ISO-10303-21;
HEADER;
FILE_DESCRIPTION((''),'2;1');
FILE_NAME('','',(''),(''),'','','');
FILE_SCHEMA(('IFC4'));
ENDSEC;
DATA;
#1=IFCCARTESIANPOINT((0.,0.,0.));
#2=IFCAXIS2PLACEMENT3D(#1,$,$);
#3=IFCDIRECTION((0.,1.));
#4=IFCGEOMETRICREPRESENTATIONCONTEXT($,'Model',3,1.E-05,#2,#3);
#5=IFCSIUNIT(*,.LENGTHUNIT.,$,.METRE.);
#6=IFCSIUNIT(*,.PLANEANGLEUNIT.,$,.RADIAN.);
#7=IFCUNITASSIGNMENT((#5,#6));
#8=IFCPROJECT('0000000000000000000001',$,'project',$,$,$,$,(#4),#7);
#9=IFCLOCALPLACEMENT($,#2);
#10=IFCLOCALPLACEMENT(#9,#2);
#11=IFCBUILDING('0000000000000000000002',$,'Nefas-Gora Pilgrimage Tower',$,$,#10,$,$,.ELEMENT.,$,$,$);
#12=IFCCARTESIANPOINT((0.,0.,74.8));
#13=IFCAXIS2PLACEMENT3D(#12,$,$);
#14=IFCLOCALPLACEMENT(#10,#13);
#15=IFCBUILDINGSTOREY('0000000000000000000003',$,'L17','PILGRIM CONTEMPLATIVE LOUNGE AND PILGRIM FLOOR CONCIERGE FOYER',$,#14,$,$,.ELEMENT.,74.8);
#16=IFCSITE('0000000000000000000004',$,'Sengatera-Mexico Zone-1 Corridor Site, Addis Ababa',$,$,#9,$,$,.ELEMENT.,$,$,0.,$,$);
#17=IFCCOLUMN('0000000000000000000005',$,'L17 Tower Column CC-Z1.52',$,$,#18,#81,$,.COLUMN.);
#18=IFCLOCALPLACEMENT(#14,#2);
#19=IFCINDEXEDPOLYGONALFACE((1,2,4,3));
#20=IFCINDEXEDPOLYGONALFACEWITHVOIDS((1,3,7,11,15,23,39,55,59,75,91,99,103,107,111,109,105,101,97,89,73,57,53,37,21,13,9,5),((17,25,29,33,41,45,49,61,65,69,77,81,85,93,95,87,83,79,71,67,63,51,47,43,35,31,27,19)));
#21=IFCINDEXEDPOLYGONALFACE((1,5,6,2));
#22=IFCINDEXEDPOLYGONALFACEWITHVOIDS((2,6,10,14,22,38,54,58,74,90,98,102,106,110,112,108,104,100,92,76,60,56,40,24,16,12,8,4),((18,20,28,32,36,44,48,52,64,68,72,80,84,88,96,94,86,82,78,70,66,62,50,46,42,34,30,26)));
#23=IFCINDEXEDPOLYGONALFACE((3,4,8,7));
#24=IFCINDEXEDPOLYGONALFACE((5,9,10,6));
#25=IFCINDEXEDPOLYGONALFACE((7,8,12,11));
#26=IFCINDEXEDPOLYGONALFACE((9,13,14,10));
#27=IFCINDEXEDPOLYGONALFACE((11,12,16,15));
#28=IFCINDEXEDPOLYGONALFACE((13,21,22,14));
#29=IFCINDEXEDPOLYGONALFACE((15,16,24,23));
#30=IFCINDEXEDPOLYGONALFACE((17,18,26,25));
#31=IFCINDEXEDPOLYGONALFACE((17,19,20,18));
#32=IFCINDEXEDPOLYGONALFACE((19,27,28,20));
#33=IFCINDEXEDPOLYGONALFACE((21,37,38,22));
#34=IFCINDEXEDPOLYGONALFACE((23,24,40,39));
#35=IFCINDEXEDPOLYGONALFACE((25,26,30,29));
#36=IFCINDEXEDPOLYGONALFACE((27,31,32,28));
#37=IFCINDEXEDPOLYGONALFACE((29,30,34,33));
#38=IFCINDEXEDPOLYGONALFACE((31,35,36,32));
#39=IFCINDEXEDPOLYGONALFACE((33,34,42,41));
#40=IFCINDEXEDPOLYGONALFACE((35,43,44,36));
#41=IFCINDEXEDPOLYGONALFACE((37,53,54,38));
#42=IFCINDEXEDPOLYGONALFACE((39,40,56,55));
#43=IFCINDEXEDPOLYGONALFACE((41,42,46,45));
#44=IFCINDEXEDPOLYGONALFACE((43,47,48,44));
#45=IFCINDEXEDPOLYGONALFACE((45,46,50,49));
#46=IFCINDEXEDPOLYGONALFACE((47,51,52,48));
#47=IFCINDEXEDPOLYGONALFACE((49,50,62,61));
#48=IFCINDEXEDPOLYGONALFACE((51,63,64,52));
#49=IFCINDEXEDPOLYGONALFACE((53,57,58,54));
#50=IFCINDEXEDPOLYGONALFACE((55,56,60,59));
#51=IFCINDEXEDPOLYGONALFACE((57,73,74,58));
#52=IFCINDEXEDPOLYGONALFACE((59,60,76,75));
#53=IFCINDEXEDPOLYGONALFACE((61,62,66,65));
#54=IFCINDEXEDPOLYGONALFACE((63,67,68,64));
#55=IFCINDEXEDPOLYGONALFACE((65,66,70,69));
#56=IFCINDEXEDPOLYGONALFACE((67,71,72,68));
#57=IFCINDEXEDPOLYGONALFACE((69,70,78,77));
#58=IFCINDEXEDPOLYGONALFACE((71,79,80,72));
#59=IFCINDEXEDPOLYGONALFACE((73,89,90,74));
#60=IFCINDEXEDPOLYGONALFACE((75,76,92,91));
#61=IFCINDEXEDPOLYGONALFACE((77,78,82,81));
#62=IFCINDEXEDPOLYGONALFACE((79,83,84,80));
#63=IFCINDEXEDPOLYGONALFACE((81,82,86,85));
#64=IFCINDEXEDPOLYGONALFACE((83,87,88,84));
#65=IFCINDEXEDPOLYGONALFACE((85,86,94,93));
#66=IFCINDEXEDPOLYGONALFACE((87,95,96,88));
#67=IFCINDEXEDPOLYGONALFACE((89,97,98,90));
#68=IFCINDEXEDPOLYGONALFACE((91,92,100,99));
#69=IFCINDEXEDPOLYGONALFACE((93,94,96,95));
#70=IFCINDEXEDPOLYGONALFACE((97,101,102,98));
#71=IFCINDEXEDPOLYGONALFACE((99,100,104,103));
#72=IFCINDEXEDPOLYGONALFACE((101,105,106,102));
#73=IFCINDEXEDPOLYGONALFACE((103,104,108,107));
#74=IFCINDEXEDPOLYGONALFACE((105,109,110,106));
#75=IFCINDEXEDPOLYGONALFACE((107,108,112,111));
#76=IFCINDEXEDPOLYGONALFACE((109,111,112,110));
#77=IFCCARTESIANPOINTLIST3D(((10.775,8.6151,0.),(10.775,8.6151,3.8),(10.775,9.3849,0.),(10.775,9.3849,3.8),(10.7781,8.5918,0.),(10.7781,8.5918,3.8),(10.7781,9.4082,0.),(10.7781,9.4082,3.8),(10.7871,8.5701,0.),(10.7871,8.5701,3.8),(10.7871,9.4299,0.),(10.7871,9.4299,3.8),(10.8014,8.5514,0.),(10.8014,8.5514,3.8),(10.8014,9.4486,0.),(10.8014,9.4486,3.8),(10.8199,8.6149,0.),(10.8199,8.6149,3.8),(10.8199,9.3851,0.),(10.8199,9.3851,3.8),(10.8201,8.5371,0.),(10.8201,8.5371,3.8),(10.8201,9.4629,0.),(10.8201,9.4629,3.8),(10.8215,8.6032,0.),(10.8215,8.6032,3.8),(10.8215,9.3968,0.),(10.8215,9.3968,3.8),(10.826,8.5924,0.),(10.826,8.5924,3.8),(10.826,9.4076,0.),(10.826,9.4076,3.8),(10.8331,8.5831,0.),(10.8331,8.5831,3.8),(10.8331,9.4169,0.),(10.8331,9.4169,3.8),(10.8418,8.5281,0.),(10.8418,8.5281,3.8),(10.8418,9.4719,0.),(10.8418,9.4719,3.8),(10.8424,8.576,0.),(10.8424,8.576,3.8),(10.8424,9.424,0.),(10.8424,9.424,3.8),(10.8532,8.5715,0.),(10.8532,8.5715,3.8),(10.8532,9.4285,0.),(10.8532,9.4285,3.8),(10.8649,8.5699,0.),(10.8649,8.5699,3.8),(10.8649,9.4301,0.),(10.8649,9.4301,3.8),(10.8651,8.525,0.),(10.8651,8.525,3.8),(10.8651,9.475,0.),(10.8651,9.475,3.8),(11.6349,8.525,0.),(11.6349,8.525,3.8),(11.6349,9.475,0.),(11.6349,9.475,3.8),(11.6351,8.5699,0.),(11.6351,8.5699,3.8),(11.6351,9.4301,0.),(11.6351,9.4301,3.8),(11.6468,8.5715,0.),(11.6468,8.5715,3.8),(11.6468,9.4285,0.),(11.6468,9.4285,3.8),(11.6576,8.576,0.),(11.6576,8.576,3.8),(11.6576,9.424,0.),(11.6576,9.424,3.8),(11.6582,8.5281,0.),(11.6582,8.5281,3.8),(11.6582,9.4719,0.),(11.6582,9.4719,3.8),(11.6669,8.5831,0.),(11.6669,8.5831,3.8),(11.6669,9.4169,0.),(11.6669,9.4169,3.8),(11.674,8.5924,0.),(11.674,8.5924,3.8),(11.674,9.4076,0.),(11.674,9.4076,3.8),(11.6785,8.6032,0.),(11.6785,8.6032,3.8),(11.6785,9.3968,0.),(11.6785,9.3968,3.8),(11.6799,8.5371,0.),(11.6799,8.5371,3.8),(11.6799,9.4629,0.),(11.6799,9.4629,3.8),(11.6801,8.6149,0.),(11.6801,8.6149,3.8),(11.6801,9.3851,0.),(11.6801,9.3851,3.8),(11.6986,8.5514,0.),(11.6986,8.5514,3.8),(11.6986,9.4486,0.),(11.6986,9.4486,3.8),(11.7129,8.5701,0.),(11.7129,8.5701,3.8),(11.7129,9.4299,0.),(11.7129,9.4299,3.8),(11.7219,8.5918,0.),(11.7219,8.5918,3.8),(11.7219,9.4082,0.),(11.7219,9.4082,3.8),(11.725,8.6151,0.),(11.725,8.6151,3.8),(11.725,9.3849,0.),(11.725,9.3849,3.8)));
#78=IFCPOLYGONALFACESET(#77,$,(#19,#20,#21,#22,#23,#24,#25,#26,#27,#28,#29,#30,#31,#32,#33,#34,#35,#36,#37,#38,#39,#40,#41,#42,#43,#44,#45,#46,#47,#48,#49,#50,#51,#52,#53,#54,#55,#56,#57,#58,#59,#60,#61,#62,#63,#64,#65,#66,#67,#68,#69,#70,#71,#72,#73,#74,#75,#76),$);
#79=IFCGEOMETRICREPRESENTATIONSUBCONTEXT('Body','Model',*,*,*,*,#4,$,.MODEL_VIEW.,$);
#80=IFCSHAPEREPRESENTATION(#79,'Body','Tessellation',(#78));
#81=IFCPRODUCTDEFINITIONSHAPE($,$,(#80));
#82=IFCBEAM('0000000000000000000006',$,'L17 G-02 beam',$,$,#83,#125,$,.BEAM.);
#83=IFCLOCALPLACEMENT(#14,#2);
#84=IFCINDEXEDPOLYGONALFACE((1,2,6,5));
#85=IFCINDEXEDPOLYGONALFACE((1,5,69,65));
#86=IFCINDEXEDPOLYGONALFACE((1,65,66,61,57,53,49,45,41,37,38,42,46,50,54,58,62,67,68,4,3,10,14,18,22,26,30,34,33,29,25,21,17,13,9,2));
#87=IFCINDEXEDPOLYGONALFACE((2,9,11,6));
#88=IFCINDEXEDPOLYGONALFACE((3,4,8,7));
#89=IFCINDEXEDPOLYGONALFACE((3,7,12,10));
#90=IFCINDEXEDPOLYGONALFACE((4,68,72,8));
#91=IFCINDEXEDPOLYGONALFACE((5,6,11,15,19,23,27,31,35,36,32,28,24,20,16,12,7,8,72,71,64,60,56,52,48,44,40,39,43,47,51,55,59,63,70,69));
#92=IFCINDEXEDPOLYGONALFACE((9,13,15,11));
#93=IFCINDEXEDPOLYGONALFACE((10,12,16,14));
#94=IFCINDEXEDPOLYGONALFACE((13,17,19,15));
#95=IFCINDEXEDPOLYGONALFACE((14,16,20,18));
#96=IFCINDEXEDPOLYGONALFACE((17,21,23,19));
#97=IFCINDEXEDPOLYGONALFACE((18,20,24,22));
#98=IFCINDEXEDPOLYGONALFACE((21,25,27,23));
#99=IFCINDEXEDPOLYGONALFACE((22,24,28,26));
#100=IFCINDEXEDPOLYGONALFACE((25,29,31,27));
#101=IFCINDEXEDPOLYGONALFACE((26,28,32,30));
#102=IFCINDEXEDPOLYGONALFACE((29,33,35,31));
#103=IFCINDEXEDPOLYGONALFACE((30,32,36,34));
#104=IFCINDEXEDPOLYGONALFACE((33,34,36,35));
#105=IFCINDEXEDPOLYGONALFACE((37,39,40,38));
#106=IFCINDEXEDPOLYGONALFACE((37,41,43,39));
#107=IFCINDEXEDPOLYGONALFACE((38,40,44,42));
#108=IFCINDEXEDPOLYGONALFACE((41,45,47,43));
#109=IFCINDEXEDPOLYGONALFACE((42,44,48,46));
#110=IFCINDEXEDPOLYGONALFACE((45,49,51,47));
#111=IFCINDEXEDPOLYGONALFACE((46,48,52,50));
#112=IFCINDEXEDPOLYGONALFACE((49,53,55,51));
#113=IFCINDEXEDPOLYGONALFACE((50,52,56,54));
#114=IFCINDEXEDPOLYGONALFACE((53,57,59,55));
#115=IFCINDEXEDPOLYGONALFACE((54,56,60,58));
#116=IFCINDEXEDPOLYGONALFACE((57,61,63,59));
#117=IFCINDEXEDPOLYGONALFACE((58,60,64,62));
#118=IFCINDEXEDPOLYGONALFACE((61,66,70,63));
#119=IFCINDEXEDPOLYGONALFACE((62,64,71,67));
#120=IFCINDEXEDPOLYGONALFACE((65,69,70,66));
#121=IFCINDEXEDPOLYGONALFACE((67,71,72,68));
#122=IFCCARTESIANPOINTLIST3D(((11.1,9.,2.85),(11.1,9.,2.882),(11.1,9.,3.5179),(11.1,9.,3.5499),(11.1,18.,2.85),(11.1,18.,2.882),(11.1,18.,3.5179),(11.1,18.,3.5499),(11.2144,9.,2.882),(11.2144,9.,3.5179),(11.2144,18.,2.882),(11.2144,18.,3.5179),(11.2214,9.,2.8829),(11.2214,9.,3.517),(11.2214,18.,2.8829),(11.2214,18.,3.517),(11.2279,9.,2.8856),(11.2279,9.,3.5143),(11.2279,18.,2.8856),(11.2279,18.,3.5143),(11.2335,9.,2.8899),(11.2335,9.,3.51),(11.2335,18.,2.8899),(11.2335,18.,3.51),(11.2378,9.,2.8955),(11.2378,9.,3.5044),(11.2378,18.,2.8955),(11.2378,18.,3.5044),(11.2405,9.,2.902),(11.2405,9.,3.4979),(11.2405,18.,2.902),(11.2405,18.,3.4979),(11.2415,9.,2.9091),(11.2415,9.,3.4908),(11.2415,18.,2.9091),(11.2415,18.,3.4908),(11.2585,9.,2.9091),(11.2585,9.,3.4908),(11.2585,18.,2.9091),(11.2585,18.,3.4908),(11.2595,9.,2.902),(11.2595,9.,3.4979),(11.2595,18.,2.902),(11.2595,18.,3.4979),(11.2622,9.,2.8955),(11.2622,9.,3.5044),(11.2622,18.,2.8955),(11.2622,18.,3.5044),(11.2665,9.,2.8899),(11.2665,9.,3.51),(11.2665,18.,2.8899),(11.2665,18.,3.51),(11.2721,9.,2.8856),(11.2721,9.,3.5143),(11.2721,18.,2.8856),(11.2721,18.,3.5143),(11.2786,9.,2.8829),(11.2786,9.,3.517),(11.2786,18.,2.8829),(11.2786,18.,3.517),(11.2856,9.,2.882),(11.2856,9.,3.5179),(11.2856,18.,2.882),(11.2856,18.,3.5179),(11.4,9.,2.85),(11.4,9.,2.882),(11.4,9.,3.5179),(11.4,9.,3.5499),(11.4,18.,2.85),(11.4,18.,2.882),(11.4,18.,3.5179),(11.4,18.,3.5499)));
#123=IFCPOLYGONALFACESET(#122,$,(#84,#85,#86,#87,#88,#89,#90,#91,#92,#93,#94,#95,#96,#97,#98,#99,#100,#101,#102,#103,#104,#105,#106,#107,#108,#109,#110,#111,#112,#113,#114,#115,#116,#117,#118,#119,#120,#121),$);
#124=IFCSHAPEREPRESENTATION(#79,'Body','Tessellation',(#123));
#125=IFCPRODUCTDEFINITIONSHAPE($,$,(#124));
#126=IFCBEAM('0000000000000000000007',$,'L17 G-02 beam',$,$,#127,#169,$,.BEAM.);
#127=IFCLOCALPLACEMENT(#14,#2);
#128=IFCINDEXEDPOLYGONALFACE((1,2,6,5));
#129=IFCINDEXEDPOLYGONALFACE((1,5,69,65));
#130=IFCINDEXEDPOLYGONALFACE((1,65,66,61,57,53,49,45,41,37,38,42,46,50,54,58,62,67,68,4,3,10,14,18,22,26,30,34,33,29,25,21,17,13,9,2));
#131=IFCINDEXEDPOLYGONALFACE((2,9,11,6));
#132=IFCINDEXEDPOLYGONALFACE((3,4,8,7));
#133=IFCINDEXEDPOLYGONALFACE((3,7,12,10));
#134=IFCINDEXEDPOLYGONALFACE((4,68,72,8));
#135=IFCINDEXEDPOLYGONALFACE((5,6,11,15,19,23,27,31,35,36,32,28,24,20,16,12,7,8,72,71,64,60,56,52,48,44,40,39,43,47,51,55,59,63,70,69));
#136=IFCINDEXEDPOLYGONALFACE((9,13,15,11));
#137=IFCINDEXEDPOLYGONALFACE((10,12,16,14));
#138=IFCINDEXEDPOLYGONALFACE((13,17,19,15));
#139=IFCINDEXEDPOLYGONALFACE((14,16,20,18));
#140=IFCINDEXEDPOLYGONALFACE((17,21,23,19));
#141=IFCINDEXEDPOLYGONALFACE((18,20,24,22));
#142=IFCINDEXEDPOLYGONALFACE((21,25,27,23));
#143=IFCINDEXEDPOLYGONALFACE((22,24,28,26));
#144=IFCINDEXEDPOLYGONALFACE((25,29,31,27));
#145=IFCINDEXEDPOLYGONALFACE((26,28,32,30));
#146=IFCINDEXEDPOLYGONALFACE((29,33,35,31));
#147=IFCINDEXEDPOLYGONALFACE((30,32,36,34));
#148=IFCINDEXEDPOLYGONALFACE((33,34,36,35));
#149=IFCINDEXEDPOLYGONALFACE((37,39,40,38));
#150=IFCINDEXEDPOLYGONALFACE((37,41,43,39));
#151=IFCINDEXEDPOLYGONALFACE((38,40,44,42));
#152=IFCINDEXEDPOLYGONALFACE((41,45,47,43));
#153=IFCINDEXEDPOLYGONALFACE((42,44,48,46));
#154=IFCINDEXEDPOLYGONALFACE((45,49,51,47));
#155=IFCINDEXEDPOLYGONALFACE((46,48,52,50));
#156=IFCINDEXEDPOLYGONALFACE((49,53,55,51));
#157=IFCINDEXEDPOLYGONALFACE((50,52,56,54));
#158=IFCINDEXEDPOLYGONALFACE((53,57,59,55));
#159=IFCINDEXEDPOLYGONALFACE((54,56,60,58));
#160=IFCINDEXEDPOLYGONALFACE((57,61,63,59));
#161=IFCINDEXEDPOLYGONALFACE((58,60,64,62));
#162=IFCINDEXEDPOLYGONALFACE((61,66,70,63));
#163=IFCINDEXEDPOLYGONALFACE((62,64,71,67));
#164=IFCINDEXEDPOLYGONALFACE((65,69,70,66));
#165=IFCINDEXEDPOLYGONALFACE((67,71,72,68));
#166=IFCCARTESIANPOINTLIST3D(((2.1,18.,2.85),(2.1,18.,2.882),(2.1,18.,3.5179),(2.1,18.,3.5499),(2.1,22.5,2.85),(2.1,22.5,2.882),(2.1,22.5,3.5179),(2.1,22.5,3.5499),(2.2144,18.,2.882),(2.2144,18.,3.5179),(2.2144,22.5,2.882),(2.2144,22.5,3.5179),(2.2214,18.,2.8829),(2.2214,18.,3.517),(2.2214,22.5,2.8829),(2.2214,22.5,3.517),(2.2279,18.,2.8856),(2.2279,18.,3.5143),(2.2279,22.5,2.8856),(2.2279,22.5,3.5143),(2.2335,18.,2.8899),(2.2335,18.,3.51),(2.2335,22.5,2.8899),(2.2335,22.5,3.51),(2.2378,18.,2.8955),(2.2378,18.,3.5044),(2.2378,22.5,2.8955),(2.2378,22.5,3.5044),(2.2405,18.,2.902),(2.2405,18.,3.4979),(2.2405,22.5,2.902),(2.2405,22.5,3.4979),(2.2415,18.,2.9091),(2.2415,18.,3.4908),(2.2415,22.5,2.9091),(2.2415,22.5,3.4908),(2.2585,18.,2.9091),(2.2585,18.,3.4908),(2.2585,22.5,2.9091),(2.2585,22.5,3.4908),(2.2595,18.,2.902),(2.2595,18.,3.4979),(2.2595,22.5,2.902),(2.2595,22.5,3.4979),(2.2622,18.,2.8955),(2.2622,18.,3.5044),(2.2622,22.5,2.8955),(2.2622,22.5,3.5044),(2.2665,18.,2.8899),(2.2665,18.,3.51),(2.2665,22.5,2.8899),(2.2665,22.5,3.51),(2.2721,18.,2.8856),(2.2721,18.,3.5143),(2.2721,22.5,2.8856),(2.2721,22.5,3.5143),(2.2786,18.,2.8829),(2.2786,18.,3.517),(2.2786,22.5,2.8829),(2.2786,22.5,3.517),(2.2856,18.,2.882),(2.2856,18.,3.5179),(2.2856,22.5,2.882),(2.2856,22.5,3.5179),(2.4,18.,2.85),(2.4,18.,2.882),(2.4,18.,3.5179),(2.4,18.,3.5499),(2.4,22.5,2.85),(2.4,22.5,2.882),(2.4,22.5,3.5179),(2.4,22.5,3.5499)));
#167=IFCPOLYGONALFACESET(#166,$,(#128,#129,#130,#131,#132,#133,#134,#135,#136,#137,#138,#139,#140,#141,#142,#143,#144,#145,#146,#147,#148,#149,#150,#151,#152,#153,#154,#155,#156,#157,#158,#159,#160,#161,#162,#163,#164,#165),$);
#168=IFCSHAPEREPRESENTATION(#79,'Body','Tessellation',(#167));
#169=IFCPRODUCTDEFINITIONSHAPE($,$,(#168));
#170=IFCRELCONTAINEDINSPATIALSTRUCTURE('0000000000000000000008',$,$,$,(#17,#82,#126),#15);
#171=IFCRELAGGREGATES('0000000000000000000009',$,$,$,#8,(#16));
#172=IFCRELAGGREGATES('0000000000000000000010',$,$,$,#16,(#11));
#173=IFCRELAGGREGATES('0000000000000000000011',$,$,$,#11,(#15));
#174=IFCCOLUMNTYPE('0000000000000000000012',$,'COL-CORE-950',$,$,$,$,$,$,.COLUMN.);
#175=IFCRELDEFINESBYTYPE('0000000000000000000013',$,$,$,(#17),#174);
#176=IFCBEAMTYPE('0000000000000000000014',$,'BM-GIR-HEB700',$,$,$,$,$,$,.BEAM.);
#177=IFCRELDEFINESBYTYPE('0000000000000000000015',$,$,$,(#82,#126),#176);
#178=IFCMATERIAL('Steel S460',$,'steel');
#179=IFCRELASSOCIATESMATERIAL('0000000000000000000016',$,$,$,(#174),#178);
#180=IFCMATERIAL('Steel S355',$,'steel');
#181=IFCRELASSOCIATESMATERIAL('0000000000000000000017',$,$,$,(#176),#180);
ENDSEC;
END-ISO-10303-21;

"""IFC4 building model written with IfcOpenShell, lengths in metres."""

from ifc_helpers import new_model, si_unit, direction, frame, origin, origin_2d, place, context, subcontext, project, spatial, hollow_rectangle, i_section, extrude, source, transform, mapped, material, material_profile, profile_set, type_object, element, save


model = new_model("IFC4")

# Units and contexts
model_context = context("Model", 3, precision=1e-05, world=origin(), true_north=direction((0.0, 1.0)))
body_context = subcontext(model_context, "Body", "Model", "MODEL_VIEW")
ifc_project = project(units=[si_unit("LENGTHUNIT", "METRE"), si_unit("PLANEANGLEUNIT", "RADIAN")], contexts=[model_context])

# Site, building, storey
site_placement = place(None, origin())
site = spatial("IfcSite", under=ifc_project, at=site_placement, Name="Sengatera-Mexico Zone-1 Corridor Site, Addis Ababa", CompositionType="ELEMENT", RefElevation=0.0)
building_placement = place(site_placement, origin())
building = spatial("IfcBuilding", under=site, at=building_placement, Name="Nefas-Gora Pilgrimage Tower", CompositionType="ELEMENT")
storey_placement = place(building_placement, frame((0.0, 0.0, 74.8)))
storey = spatial("IfcBuildingStorey", under=building, at=storey_placement, Name="L17", Description="PILGRIM CONTEMPLATIVE LOUNGE AND PILGRIM FLOOR CONCIERGE FOYER", CompositionType="ELEMENT", Elevation=74.8)

# Column
ifc_material_1 = material(Name="Steel S460", Category="steel")
ifc_material_profile_1 = material_profile(ifc_material_1, hollow_rectangle(XDim=0.95, YDim=0.95, WallThickness=0.0449, InnerFilletRadius=0.0449, OuterFilletRadius=0.0901, at=origin_2d()), Name="BOX 950x950x45")
ifc_profile_set_1 = profile_set([ifc_material_profile_1], Name="Steel S460")
column_type_1 = type_object("IfcColumnType", Name="COL-CORE-950", PredefinedType="COLUMN", material=ifc_profile_set_1)
shared_shape_1 = source(origin(), body_context, "Body", "SweptSolid", [
    extrude(hollow_rectangle(XDim=0.95, YDim=0.95, WallThickness=0.0449, InnerFilletRadius=0.0449, OuterFilletRadius=0.0901, at=origin_2d()), origin(), (0.0, 0.0, 1.0), 3.8),
])
column_placement = place(storey_placement, frame((11.25, 9.0, 0.0), z_axis=(0.0, 0.0, 1.0), x_axis=(1.0, 0.0, 0.0)))
element("IfcColumn", 1, at=column_placement, inside=storey, type_object=column_type_1, Name="L17 Tower Column CC-Z1.52", PredefinedType="COLUMN", context=body_context, shape_type="MappedRepresentation", body=[
    mapped(shared_shape_1, transform((0.0, 0.0, 0.0), x_axis=(1.0, 0.0, 0.0), y_axis=(0.0, 1.0, 0.0), z_axis=(0.0, 0.0, 1.0), scale=1.0)),
])

# Beams
ifc_material_2 = material(Name="Steel S355", Category="steel")
ifc_material_profile_2 = material_profile(ifc_material_2, i_section(OverallWidth=0.3, OverallDepth=0.7, WebThickness=0.0171, FlangeThickness=0.032, FilletRadius=0.0271, at=origin_2d()), Name="HEB 700")
ifc_profile_set_2 = profile_set([ifc_material_profile_2], Name="Steel S355")
beam_type_1 = type_object("IfcBeamType", Name="BM-GIR-HEB700", PredefinedType="BEAM", material=ifc_profile_set_2)
shared_shape_2 = source(origin(), body_context, "Body", "SweptSolid", [
    extrude(i_section(OverallWidth=0.3, OverallDepth=0.7, WebThickness=0.0171, FlangeThickness=0.032, FilletRadius=0.0271, at=origin_2d()), origin(), (0.0, 0.0, 1.0), 9.0),
])
beam_1_placement = place(storey_placement, frame((11.25, 9.0, 3.2), z_axis=(0.0, 1.0, 0.0), x_axis=(-1.0, 0.0, 0.0)))
element("IfcBeam", 2, at=beam_1_placement, inside=storey, type_object=beam_type_1, Name="L17 G-02 beam", PredefinedType="BEAM", context=body_context, shape_type="MappedRepresentation", body=[
    mapped(shared_shape_2, transform((0.0, 0.0, 0.0), x_axis=(1.0, 0.0, 0.0), y_axis=(0.0, 1.0, 0.0), z_axis=(0.0, 0.0, 1.0), scale=1.0)),
])
shared_shape_3 = source(origin(), body_context, "Body", "SweptSolid", [
    extrude(i_section(OverallWidth=0.3, OverallDepth=0.7, WebThickness=0.0171, FlangeThickness=0.032, FilletRadius=0.0271, at=origin_2d()), origin(), (0.0, 0.0, 1.0), 4.5),
])
for number, where, z_axis, x_axis, name in (
    (3, (2.25, 18.0, 3.2), (0.0, 1.0, 0.0), (-1.0, 0.0, 0.0), "L17 G-02 beam"),
):
    element("IfcBeam", number, at=place(storey_placement, frame(where, z_axis=z_axis, x_axis=x_axis)), inside=storey, type_object=beam_type_1, Name=name, PredefinedType="BEAM", context=body_context, shape_type="MappedRepresentation", body=[
        mapped(shared_shape_3, transform((0.0, 0.0, 0.0), x_axis=(1.0, 0.0, 0.0), y_axis=(0.0, 1.0, 0.0), z_axis=(0.0, 0.0, 1.0), scale=1.0)),
    ])

save(model, "model.ifc")
